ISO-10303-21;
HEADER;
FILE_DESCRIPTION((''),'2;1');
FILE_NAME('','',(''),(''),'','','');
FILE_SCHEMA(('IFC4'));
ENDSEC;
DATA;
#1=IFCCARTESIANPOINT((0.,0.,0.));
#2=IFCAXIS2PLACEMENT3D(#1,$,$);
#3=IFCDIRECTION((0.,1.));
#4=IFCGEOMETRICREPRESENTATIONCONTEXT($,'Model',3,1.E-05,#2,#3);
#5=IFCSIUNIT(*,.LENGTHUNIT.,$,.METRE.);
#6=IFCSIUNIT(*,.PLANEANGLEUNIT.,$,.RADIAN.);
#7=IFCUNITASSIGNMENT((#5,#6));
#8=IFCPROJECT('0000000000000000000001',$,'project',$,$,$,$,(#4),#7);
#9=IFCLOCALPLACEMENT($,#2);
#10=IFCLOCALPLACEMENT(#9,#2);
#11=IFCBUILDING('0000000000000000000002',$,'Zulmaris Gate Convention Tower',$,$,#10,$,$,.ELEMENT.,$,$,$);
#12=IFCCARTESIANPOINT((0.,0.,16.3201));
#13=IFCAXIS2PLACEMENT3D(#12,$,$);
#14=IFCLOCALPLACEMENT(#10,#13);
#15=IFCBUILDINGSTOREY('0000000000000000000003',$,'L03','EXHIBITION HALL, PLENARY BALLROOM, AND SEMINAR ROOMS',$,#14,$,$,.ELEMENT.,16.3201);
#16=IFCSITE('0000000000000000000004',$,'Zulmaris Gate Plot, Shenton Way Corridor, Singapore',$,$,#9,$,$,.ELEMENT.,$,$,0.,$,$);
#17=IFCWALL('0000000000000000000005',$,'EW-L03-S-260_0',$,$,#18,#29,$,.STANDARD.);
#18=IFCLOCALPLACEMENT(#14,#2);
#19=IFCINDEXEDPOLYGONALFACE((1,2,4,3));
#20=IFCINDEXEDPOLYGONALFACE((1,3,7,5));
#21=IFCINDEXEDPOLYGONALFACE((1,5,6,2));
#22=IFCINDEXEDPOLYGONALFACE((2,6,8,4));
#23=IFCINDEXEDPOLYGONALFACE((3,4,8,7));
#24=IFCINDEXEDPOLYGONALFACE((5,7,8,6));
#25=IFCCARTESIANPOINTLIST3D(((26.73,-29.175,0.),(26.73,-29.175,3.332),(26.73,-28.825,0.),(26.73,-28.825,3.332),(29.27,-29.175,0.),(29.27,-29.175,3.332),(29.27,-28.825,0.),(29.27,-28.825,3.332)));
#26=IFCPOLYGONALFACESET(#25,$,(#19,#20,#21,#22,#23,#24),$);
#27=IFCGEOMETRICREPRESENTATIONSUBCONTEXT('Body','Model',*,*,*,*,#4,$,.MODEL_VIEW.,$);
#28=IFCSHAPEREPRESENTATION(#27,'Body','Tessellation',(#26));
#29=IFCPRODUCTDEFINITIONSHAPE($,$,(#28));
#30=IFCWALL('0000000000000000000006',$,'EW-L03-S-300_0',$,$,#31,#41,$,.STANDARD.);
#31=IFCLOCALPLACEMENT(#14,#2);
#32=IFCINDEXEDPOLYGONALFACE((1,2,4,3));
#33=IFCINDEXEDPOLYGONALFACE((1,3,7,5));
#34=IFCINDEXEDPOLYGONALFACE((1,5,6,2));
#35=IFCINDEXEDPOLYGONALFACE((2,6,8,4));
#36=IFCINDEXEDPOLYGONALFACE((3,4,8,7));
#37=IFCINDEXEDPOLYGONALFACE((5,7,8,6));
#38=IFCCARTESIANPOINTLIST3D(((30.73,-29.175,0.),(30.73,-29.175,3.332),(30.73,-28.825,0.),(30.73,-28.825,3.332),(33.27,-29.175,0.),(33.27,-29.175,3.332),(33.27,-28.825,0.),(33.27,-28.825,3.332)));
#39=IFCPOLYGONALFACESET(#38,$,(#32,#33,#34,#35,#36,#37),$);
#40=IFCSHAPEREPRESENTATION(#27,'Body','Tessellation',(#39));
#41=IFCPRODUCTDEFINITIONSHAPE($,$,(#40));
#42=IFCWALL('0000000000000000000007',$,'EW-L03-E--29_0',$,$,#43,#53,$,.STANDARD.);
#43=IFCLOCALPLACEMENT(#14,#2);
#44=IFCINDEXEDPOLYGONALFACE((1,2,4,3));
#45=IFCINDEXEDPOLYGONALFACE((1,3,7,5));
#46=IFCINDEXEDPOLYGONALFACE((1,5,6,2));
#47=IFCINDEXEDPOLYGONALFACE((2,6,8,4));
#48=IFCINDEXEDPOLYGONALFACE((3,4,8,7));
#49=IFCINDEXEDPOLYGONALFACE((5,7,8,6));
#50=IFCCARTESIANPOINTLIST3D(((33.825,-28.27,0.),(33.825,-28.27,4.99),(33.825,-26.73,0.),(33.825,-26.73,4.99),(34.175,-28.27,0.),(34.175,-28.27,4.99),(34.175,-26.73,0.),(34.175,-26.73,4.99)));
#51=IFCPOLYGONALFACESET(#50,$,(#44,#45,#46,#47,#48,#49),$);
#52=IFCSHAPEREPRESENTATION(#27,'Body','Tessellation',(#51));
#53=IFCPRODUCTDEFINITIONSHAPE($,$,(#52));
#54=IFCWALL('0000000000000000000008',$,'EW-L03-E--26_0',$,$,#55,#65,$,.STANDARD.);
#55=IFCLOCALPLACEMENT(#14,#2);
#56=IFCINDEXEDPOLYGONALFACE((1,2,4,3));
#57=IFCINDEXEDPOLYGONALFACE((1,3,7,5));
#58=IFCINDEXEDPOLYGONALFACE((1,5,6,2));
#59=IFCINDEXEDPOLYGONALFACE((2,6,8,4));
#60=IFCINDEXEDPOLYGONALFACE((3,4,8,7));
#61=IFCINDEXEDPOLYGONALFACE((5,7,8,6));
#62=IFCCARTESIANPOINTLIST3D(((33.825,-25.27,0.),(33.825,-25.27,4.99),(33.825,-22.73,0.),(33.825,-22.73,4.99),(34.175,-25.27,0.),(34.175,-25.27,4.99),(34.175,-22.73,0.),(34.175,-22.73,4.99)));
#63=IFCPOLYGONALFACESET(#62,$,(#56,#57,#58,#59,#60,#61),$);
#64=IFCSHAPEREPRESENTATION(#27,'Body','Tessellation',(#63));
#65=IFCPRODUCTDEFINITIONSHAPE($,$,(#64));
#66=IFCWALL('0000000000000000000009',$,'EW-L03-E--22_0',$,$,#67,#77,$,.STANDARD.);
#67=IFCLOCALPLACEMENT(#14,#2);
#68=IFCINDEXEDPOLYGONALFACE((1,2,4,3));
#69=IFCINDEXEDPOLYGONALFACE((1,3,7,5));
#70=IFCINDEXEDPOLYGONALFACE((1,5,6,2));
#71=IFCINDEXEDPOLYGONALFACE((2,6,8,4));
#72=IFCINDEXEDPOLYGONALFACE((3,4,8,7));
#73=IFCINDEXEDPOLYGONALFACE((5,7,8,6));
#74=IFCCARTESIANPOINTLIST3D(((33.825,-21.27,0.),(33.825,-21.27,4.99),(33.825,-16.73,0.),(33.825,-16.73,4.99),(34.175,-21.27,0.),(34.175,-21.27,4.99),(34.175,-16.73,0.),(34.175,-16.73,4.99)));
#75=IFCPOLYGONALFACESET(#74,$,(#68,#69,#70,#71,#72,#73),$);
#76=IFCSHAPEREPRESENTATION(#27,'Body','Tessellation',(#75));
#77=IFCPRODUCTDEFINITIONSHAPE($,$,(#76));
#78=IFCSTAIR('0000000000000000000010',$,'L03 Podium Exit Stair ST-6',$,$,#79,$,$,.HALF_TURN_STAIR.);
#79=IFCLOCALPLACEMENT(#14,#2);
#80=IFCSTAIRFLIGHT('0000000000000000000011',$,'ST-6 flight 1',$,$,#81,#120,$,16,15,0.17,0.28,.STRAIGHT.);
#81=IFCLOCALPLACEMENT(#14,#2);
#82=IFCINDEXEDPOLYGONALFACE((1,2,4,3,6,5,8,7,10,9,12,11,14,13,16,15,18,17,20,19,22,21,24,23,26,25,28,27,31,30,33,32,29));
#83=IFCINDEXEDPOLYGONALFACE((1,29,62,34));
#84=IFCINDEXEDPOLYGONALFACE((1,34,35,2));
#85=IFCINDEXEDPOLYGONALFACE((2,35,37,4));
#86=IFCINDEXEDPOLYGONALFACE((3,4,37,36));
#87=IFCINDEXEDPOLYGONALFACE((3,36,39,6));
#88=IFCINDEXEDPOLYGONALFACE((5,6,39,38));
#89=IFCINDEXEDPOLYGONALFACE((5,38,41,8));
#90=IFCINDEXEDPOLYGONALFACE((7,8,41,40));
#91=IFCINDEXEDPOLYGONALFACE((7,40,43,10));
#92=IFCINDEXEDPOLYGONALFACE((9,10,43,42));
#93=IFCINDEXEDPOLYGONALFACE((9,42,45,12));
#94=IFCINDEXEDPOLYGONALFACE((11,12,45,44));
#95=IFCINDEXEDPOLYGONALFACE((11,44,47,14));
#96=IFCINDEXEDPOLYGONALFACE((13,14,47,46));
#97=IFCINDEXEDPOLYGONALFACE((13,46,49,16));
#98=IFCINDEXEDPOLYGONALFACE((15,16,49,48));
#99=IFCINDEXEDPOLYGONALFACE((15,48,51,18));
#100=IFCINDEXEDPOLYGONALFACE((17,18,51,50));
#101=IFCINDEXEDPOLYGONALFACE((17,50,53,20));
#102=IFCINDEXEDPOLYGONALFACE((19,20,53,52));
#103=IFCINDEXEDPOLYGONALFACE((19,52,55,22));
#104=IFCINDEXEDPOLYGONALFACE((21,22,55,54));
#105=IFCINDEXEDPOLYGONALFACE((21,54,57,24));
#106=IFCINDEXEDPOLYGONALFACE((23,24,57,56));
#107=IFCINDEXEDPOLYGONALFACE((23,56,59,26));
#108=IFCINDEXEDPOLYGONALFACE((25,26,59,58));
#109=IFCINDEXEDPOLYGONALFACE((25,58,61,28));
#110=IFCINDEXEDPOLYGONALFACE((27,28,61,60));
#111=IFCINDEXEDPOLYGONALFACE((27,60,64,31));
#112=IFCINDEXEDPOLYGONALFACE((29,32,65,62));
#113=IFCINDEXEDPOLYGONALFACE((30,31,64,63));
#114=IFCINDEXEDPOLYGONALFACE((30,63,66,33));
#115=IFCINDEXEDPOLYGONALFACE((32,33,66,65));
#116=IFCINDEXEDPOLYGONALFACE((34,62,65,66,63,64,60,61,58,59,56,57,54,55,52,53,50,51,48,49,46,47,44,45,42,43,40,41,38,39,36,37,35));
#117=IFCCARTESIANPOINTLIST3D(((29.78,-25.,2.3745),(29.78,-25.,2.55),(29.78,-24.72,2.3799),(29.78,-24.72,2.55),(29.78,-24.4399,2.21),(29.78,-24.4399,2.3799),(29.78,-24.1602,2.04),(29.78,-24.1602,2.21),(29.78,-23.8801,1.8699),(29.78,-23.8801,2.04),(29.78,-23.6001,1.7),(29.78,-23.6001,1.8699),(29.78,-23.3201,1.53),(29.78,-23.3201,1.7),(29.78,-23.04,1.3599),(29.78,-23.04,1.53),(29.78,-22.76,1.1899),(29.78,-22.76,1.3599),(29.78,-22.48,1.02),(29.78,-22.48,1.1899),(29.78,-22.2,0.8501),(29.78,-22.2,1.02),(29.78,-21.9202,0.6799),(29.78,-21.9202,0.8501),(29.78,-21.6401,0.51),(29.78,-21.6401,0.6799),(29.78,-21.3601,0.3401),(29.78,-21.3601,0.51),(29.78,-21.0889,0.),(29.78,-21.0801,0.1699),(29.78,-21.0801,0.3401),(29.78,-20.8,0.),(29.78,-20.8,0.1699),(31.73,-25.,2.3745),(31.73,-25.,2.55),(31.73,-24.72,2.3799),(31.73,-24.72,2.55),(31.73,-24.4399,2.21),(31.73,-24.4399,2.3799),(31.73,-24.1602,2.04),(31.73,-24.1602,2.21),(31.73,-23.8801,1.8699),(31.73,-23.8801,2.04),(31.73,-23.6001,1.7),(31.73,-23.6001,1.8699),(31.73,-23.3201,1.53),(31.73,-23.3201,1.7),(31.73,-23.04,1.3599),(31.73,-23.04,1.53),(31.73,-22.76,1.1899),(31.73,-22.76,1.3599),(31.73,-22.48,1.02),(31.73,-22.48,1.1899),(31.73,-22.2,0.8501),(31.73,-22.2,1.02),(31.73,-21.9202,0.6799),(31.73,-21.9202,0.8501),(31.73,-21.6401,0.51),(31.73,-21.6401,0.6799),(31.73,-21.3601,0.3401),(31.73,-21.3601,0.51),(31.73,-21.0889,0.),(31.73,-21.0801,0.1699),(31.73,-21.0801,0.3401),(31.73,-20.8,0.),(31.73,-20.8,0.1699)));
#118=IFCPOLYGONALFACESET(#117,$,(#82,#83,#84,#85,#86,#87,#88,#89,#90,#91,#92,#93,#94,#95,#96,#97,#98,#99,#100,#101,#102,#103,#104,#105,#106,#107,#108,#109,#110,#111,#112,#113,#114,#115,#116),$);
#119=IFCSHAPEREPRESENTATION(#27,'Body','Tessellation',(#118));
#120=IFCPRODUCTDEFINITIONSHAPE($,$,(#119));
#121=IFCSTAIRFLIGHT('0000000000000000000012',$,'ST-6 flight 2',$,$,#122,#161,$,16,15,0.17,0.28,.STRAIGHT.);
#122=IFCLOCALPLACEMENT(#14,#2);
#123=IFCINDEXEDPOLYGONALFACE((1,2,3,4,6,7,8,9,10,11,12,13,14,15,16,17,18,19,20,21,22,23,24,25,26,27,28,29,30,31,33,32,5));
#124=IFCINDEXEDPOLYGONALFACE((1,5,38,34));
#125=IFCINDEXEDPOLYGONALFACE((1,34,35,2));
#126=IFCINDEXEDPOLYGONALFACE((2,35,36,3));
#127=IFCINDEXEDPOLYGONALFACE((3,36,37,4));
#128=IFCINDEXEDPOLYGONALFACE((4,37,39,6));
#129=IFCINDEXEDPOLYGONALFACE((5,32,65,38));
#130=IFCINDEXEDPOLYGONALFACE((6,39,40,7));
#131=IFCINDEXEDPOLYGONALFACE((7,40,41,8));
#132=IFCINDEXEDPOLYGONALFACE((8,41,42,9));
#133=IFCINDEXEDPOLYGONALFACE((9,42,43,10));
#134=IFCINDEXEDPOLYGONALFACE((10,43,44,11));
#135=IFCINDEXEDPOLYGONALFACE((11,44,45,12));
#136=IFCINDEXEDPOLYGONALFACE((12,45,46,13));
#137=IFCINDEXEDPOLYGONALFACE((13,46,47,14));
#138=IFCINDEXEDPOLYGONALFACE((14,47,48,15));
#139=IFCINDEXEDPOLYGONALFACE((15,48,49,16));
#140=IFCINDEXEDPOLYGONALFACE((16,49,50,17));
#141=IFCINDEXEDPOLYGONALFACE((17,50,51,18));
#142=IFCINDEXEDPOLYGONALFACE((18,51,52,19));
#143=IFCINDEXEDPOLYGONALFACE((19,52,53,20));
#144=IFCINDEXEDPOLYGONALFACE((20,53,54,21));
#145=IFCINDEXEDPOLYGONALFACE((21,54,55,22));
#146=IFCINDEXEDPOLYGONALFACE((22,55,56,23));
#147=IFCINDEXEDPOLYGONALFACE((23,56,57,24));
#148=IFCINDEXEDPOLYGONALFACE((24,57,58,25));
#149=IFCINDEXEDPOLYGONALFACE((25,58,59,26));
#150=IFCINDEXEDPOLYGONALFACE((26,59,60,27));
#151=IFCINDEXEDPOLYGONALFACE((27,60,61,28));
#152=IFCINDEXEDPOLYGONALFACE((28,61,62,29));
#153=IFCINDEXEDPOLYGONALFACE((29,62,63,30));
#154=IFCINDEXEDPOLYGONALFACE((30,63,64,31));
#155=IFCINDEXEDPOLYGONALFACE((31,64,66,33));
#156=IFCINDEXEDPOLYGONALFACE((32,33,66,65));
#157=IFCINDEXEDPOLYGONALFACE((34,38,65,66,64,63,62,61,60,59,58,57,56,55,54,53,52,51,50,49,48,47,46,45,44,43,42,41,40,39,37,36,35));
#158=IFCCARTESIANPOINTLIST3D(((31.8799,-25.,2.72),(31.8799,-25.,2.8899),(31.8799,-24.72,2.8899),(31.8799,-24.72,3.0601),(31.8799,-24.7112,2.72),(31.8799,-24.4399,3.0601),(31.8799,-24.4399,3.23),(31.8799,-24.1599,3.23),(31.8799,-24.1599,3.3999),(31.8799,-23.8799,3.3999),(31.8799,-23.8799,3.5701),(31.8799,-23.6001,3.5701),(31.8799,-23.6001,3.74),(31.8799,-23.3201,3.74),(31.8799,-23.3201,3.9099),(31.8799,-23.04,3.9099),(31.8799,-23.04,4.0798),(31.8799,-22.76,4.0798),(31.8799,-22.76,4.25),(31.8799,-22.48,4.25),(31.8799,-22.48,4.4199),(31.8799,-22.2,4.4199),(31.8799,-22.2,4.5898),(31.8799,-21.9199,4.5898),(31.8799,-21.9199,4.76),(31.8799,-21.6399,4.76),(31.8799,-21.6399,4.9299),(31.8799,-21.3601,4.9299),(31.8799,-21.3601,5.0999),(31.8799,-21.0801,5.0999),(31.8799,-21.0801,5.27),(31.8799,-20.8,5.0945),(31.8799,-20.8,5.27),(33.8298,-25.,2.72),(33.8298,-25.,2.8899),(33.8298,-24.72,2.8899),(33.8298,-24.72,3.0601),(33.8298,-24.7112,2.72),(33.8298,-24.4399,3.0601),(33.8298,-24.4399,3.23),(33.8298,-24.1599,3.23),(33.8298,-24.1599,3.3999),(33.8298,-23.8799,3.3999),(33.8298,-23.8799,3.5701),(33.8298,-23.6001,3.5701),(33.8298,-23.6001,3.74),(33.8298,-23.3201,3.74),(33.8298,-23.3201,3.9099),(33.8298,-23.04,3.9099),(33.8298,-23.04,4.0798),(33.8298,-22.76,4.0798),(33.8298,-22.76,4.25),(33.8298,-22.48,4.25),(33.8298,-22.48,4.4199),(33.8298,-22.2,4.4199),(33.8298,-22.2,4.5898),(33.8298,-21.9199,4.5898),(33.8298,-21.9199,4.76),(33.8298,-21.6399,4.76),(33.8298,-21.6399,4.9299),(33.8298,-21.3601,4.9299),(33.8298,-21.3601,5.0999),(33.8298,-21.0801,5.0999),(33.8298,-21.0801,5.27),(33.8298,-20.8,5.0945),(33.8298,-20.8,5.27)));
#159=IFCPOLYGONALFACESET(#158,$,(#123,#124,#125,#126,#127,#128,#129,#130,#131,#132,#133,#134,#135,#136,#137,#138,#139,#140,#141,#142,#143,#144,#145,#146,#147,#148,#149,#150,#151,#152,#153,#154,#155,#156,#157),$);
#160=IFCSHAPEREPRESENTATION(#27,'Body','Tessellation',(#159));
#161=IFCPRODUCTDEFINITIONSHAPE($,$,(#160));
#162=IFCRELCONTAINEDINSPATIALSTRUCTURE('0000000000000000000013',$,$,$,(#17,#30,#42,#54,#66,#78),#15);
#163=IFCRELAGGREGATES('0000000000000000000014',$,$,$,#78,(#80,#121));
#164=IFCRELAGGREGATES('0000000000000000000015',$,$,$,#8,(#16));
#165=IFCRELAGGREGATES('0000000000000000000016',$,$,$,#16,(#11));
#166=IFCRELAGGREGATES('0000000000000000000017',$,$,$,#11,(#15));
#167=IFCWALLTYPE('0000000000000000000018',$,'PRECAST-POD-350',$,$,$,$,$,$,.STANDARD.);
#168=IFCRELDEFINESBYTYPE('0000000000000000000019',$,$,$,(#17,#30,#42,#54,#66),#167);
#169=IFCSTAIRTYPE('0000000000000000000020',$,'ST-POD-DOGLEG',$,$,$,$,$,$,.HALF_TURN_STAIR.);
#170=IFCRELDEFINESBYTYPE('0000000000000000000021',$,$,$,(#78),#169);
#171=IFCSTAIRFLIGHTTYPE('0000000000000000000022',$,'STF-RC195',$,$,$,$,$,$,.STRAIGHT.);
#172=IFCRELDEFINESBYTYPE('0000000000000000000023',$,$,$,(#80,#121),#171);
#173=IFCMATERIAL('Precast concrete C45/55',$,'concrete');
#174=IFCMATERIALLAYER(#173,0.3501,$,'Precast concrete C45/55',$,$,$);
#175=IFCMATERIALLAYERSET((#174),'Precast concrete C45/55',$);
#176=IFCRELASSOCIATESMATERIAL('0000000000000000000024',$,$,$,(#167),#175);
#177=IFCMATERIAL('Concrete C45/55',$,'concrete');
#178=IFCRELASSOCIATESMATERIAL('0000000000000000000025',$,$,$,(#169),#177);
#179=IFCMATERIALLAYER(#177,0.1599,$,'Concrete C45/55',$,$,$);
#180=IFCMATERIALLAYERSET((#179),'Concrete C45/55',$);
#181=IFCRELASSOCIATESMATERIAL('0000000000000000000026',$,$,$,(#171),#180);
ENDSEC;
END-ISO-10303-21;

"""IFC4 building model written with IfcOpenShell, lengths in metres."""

from ifc_helpers import new_model, si_unit, direction, frame, frame_2d, origin, place, context, subcontext, project, spatial, polyline, rectangle, outline, extrude, material, layer, layer_set, type_object, element, aggregate, save


model = new_model("IFC4")

# Units and contexts
model_context = context("Model", 3, precision=1e-05, world=origin(), true_north=direction((0.0, 1.0)))
body_context = subcontext(model_context, "Body", "Model", "MODEL_VIEW")
ifc_project = project(units=[si_unit("LENGTHUNIT", "METRE"), si_unit("PLANEANGLEUNIT", "RADIAN")], contexts=[model_context])

# Site, building, storey
site_placement = place(None, origin())
site = spatial("IfcSite", under=ifc_project, at=site_placement, Name="Zulmaris Gate Plot, Shenton Way Corridor, Singapore", CompositionType="ELEMENT", RefElevation=0.0)
building_placement = place(site_placement, origin())
building = spatial("IfcBuilding", under=site, at=building_placement, Name="Zulmaris Gate Convention Tower", CompositionType="ELEMENT")
storey_placement = place(building_placement, frame((0.0, 0.0, 16.3201)))
storey = spatial("IfcBuildingStorey", under=building, at=storey_placement, Name="L03", Description="EXHIBITION HALL, PLENARY BALLROOM, AND SEMINAR ROOMS", CompositionType="ELEMENT", Elevation=16.3201)

# Walls
ifc_material_1 = material(Name="Precast concrete C45/55", Category="concrete")
ifc_layer_1 = layer(ifc_material_1, 0.3501, Name="Precast concrete C45/55")
ifc_layer_set_1 = layer_set([ifc_layer_1], Name="Precast concrete C45/55")
wall_type_1 = type_object("IfcWallType", Name="PRECAST-POD-350", PredefinedType="STANDARD", material=ifc_layer_set_1)
for number, where, z_axis, x_axis, name in (
    (1, (26.73, -29.0, 0.0), (0.0, 0.0, 1.0), (1.0, 0.0, 0.0), "EW-L03-S-260_0"),
    (2, (30.73, -29.0, 0.0), (0.0, 0.0, 1.0), (1.0, 0.0, 0.0), "EW-L03-S-300_0"),
):
    element("IfcWall", number, at=place(storey_placement, frame(where, z_axis=z_axis, x_axis=x_axis)), inside=storey, type_object=wall_type_1, Name=name, PredefinedType="STANDARD", context=body_context, shape_type="SweptSolid", body=[
        extrude(rectangle(XDim=2.54, YDim=0.3501, at=frame_2d((1.27, 0.0))), origin(), (0.0, 0.0, 1.0), 3.332),
    ])
wall_1_placement = place(storey_placement, frame((34.0, -26.73, 0.0), z_axis=(0.0, 0.0, 1.0), x_axis=(0.0, -1.0, 0.0)))
element("IfcWall", 3, at=wall_1_placement, inside=storey, type_object=wall_type_1, Name="EW-L03-E--29_0", PredefinedType="STANDARD", context=body_context, shape_type="SweptSolid", body=[
    extrude(rectangle(XDim=1.54, YDim=0.3501, at=frame_2d((0.77, 0.0))), origin(), (0.0, 0.0, 1.0), 4.99),
])
wall_2_placement = place(storey_placement, frame((34.0, -22.73, 0.0), z_axis=(0.0, 0.0, 1.0), x_axis=(0.0, -1.0, 0.0)))
element("IfcWall", 4, at=wall_2_placement, inside=storey, type_object=wall_type_1, Name="EW-L03-E--26_0", PredefinedType="STANDARD", context=body_context, shape_type="SweptSolid", body=[
    extrude(rectangle(XDim=2.54, YDim=0.3501, at=frame_2d((1.27, 0.0))), origin(), (0.0, 0.0, 1.0), 4.99),
])
wall_3_placement = place(storey_placement, frame((34.0, -16.73, 0.0), z_axis=(0.0, 0.0, 1.0), x_axis=(0.0, -1.0, 0.0)))
element("IfcWall", 5, at=wall_3_placement, inside=storey, type_object=wall_type_1, Name="EW-L03-E--22_0", PredefinedType="STANDARD", context=body_context, shape_type="SweptSolid", body=[
    extrude(rectangle(XDim=4.54, YDim=0.3501, at=frame_2d((2.27, 0.0))), origin(), (0.0, 0.0, 1.0), 4.99),
])

# Stair, stair flights
ifc_material_2 = material(Name="Concrete C45/55", Category="concrete")
stair_type = type_object("IfcStairType", Name="ST-POD-DOGLEG", PredefinedType="HALF_TURN_STAIR", material=ifc_material_2)
stair_placement = place(storey_placement, origin())
stair = element("IfcStair", 6, at=stair_placement, inside=storey, type_object=stair_type, Name="L03 Podium Exit Stair ST-6", PredefinedType="HALF_TURN_STAIR")
ifc_layer_2 = layer(ifc_material_2, 0.1599, Name="Concrete C45/55")
ifc_layer_set_2 = layer_set([ifc_layer_2], Name="Concrete C45/55")
stair_flight_type = type_object("IfcStairFlightType", Name="STF-RC195", PredefinedType="STRAIGHT", material=ifc_layer_set_2)
stair_flight_1_placement = place(storey_placement, frame((30.7549, -20.8, 0.0), z_axis=(0.0, 0.0, 1.0), x_axis=(0.0, -1.0, 0.0)))
stair_flight_1 = element("IfcStairFlight", 7, at=stair_flight_1_placement, type_object=stair_flight_type, Name="ST-6 flight 1", NumberOfRisers=16, NumberOfTreads=15, PredefinedType="STRAIGHT", RiserHeight=0.17, TreadLength=0.28, context=body_context, shape_type="SweptSolid", body=[
    extrude(outline(polyline([(0.0, 0.0), (0.0, 0.1699), (0.28, 0.1699), (0.28, 0.3401), (0.5601, 0.3401), (0.5601, 0.51), (0.8401, 0.51), (0.8401, 0.6799), (1.1201, 0.6799), (1.1201, 0.8501), (1.3999, 0.8501), (1.3999, 1.02), (1.6799, 1.02), (1.6799, 1.1899), (1.96, 1.1899), (1.96, 1.3599), (2.24, 1.3599), (2.24, 1.53), (2.52, 1.53), (2.52, 1.7), (2.8, 1.7), (2.8, 1.8699), (3.0801, 1.8699), (3.0801, 2.04), (3.3601, 2.04), (3.3601, 2.21), (3.6399, 2.21), (3.6399, 2.3799), (3.9199, 2.3799), (3.9199, 2.55), (4.2, 2.55), (4.2, 2.72), (4.2, 2.3745), (0.2888, 0.0), (0.0, 0.0)])), frame((0.0, 0.9751, 0.0), z_axis=(0.0, -1.0, 0.0), x_axis=(1.0, 0.0, 0.0)), (0.0, 0.0, 1.0), 1.95),
])
stair_flight_2_placement = place(storey_placement, frame((32.855, -25.0, 2.72), z_axis=(0.0, 0.0, 1.0), x_axis=(0.0, 1.0, 0.0)))
stair_flight_2 = element("IfcStairFlight", 8, at=stair_flight_2_placement, type_object=stair_flight_type, Name="ST-6 flight 2", NumberOfRisers=16, NumberOfTreads=15, PredefinedType="STRAIGHT", RiserHeight=0.17, TreadLength=0.28, context=body_context, shape_type="SweptSolid", body=[
    extrude(outline(polyline([(0.0, 0.0), (0.0, 0.1699), (0.28, 0.1699), (0.28, 0.3401), (0.5601, 0.3401), (0.5601, 0.51), (0.8401, 0.51), (0.8401, 0.6799), (1.1201, 0.6799), (1.1201, 0.8501), (1.3999, 0.8501), (1.3999, 1.02), (1.6799, 1.02), (1.6799, 1.1899), (1.96, 1.1899), (1.96, 1.3599), (2.24, 1.3599), (2.24, 1.53), (2.52, 1.53), (2.52, 1.7), (2.8, 1.7), (2.8, 1.8699), (3.0801, 1.8699), (3.0801, 2.04), (3.3601, 2.04), (3.3601, 2.21), (3.6399, 2.21), (3.6399, 2.3799), (3.9199, 2.3799), (3.9199, 2.55), (4.2, 2.55), (4.2, 2.72), (4.2, 2.3745), (0.2888, 0.0), (0.0, 0.0)])), frame((0.0, 0.9751, 0.0), z_axis=(0.0, -1.0, 0.0), x_axis=(1.0, 0.0, 0.0)), (0.0, 0.0, 1.0), 1.95),
])
aggregate(stair, [stair_flight_1, stair_flight_2])

save(model, "model.ifc")
